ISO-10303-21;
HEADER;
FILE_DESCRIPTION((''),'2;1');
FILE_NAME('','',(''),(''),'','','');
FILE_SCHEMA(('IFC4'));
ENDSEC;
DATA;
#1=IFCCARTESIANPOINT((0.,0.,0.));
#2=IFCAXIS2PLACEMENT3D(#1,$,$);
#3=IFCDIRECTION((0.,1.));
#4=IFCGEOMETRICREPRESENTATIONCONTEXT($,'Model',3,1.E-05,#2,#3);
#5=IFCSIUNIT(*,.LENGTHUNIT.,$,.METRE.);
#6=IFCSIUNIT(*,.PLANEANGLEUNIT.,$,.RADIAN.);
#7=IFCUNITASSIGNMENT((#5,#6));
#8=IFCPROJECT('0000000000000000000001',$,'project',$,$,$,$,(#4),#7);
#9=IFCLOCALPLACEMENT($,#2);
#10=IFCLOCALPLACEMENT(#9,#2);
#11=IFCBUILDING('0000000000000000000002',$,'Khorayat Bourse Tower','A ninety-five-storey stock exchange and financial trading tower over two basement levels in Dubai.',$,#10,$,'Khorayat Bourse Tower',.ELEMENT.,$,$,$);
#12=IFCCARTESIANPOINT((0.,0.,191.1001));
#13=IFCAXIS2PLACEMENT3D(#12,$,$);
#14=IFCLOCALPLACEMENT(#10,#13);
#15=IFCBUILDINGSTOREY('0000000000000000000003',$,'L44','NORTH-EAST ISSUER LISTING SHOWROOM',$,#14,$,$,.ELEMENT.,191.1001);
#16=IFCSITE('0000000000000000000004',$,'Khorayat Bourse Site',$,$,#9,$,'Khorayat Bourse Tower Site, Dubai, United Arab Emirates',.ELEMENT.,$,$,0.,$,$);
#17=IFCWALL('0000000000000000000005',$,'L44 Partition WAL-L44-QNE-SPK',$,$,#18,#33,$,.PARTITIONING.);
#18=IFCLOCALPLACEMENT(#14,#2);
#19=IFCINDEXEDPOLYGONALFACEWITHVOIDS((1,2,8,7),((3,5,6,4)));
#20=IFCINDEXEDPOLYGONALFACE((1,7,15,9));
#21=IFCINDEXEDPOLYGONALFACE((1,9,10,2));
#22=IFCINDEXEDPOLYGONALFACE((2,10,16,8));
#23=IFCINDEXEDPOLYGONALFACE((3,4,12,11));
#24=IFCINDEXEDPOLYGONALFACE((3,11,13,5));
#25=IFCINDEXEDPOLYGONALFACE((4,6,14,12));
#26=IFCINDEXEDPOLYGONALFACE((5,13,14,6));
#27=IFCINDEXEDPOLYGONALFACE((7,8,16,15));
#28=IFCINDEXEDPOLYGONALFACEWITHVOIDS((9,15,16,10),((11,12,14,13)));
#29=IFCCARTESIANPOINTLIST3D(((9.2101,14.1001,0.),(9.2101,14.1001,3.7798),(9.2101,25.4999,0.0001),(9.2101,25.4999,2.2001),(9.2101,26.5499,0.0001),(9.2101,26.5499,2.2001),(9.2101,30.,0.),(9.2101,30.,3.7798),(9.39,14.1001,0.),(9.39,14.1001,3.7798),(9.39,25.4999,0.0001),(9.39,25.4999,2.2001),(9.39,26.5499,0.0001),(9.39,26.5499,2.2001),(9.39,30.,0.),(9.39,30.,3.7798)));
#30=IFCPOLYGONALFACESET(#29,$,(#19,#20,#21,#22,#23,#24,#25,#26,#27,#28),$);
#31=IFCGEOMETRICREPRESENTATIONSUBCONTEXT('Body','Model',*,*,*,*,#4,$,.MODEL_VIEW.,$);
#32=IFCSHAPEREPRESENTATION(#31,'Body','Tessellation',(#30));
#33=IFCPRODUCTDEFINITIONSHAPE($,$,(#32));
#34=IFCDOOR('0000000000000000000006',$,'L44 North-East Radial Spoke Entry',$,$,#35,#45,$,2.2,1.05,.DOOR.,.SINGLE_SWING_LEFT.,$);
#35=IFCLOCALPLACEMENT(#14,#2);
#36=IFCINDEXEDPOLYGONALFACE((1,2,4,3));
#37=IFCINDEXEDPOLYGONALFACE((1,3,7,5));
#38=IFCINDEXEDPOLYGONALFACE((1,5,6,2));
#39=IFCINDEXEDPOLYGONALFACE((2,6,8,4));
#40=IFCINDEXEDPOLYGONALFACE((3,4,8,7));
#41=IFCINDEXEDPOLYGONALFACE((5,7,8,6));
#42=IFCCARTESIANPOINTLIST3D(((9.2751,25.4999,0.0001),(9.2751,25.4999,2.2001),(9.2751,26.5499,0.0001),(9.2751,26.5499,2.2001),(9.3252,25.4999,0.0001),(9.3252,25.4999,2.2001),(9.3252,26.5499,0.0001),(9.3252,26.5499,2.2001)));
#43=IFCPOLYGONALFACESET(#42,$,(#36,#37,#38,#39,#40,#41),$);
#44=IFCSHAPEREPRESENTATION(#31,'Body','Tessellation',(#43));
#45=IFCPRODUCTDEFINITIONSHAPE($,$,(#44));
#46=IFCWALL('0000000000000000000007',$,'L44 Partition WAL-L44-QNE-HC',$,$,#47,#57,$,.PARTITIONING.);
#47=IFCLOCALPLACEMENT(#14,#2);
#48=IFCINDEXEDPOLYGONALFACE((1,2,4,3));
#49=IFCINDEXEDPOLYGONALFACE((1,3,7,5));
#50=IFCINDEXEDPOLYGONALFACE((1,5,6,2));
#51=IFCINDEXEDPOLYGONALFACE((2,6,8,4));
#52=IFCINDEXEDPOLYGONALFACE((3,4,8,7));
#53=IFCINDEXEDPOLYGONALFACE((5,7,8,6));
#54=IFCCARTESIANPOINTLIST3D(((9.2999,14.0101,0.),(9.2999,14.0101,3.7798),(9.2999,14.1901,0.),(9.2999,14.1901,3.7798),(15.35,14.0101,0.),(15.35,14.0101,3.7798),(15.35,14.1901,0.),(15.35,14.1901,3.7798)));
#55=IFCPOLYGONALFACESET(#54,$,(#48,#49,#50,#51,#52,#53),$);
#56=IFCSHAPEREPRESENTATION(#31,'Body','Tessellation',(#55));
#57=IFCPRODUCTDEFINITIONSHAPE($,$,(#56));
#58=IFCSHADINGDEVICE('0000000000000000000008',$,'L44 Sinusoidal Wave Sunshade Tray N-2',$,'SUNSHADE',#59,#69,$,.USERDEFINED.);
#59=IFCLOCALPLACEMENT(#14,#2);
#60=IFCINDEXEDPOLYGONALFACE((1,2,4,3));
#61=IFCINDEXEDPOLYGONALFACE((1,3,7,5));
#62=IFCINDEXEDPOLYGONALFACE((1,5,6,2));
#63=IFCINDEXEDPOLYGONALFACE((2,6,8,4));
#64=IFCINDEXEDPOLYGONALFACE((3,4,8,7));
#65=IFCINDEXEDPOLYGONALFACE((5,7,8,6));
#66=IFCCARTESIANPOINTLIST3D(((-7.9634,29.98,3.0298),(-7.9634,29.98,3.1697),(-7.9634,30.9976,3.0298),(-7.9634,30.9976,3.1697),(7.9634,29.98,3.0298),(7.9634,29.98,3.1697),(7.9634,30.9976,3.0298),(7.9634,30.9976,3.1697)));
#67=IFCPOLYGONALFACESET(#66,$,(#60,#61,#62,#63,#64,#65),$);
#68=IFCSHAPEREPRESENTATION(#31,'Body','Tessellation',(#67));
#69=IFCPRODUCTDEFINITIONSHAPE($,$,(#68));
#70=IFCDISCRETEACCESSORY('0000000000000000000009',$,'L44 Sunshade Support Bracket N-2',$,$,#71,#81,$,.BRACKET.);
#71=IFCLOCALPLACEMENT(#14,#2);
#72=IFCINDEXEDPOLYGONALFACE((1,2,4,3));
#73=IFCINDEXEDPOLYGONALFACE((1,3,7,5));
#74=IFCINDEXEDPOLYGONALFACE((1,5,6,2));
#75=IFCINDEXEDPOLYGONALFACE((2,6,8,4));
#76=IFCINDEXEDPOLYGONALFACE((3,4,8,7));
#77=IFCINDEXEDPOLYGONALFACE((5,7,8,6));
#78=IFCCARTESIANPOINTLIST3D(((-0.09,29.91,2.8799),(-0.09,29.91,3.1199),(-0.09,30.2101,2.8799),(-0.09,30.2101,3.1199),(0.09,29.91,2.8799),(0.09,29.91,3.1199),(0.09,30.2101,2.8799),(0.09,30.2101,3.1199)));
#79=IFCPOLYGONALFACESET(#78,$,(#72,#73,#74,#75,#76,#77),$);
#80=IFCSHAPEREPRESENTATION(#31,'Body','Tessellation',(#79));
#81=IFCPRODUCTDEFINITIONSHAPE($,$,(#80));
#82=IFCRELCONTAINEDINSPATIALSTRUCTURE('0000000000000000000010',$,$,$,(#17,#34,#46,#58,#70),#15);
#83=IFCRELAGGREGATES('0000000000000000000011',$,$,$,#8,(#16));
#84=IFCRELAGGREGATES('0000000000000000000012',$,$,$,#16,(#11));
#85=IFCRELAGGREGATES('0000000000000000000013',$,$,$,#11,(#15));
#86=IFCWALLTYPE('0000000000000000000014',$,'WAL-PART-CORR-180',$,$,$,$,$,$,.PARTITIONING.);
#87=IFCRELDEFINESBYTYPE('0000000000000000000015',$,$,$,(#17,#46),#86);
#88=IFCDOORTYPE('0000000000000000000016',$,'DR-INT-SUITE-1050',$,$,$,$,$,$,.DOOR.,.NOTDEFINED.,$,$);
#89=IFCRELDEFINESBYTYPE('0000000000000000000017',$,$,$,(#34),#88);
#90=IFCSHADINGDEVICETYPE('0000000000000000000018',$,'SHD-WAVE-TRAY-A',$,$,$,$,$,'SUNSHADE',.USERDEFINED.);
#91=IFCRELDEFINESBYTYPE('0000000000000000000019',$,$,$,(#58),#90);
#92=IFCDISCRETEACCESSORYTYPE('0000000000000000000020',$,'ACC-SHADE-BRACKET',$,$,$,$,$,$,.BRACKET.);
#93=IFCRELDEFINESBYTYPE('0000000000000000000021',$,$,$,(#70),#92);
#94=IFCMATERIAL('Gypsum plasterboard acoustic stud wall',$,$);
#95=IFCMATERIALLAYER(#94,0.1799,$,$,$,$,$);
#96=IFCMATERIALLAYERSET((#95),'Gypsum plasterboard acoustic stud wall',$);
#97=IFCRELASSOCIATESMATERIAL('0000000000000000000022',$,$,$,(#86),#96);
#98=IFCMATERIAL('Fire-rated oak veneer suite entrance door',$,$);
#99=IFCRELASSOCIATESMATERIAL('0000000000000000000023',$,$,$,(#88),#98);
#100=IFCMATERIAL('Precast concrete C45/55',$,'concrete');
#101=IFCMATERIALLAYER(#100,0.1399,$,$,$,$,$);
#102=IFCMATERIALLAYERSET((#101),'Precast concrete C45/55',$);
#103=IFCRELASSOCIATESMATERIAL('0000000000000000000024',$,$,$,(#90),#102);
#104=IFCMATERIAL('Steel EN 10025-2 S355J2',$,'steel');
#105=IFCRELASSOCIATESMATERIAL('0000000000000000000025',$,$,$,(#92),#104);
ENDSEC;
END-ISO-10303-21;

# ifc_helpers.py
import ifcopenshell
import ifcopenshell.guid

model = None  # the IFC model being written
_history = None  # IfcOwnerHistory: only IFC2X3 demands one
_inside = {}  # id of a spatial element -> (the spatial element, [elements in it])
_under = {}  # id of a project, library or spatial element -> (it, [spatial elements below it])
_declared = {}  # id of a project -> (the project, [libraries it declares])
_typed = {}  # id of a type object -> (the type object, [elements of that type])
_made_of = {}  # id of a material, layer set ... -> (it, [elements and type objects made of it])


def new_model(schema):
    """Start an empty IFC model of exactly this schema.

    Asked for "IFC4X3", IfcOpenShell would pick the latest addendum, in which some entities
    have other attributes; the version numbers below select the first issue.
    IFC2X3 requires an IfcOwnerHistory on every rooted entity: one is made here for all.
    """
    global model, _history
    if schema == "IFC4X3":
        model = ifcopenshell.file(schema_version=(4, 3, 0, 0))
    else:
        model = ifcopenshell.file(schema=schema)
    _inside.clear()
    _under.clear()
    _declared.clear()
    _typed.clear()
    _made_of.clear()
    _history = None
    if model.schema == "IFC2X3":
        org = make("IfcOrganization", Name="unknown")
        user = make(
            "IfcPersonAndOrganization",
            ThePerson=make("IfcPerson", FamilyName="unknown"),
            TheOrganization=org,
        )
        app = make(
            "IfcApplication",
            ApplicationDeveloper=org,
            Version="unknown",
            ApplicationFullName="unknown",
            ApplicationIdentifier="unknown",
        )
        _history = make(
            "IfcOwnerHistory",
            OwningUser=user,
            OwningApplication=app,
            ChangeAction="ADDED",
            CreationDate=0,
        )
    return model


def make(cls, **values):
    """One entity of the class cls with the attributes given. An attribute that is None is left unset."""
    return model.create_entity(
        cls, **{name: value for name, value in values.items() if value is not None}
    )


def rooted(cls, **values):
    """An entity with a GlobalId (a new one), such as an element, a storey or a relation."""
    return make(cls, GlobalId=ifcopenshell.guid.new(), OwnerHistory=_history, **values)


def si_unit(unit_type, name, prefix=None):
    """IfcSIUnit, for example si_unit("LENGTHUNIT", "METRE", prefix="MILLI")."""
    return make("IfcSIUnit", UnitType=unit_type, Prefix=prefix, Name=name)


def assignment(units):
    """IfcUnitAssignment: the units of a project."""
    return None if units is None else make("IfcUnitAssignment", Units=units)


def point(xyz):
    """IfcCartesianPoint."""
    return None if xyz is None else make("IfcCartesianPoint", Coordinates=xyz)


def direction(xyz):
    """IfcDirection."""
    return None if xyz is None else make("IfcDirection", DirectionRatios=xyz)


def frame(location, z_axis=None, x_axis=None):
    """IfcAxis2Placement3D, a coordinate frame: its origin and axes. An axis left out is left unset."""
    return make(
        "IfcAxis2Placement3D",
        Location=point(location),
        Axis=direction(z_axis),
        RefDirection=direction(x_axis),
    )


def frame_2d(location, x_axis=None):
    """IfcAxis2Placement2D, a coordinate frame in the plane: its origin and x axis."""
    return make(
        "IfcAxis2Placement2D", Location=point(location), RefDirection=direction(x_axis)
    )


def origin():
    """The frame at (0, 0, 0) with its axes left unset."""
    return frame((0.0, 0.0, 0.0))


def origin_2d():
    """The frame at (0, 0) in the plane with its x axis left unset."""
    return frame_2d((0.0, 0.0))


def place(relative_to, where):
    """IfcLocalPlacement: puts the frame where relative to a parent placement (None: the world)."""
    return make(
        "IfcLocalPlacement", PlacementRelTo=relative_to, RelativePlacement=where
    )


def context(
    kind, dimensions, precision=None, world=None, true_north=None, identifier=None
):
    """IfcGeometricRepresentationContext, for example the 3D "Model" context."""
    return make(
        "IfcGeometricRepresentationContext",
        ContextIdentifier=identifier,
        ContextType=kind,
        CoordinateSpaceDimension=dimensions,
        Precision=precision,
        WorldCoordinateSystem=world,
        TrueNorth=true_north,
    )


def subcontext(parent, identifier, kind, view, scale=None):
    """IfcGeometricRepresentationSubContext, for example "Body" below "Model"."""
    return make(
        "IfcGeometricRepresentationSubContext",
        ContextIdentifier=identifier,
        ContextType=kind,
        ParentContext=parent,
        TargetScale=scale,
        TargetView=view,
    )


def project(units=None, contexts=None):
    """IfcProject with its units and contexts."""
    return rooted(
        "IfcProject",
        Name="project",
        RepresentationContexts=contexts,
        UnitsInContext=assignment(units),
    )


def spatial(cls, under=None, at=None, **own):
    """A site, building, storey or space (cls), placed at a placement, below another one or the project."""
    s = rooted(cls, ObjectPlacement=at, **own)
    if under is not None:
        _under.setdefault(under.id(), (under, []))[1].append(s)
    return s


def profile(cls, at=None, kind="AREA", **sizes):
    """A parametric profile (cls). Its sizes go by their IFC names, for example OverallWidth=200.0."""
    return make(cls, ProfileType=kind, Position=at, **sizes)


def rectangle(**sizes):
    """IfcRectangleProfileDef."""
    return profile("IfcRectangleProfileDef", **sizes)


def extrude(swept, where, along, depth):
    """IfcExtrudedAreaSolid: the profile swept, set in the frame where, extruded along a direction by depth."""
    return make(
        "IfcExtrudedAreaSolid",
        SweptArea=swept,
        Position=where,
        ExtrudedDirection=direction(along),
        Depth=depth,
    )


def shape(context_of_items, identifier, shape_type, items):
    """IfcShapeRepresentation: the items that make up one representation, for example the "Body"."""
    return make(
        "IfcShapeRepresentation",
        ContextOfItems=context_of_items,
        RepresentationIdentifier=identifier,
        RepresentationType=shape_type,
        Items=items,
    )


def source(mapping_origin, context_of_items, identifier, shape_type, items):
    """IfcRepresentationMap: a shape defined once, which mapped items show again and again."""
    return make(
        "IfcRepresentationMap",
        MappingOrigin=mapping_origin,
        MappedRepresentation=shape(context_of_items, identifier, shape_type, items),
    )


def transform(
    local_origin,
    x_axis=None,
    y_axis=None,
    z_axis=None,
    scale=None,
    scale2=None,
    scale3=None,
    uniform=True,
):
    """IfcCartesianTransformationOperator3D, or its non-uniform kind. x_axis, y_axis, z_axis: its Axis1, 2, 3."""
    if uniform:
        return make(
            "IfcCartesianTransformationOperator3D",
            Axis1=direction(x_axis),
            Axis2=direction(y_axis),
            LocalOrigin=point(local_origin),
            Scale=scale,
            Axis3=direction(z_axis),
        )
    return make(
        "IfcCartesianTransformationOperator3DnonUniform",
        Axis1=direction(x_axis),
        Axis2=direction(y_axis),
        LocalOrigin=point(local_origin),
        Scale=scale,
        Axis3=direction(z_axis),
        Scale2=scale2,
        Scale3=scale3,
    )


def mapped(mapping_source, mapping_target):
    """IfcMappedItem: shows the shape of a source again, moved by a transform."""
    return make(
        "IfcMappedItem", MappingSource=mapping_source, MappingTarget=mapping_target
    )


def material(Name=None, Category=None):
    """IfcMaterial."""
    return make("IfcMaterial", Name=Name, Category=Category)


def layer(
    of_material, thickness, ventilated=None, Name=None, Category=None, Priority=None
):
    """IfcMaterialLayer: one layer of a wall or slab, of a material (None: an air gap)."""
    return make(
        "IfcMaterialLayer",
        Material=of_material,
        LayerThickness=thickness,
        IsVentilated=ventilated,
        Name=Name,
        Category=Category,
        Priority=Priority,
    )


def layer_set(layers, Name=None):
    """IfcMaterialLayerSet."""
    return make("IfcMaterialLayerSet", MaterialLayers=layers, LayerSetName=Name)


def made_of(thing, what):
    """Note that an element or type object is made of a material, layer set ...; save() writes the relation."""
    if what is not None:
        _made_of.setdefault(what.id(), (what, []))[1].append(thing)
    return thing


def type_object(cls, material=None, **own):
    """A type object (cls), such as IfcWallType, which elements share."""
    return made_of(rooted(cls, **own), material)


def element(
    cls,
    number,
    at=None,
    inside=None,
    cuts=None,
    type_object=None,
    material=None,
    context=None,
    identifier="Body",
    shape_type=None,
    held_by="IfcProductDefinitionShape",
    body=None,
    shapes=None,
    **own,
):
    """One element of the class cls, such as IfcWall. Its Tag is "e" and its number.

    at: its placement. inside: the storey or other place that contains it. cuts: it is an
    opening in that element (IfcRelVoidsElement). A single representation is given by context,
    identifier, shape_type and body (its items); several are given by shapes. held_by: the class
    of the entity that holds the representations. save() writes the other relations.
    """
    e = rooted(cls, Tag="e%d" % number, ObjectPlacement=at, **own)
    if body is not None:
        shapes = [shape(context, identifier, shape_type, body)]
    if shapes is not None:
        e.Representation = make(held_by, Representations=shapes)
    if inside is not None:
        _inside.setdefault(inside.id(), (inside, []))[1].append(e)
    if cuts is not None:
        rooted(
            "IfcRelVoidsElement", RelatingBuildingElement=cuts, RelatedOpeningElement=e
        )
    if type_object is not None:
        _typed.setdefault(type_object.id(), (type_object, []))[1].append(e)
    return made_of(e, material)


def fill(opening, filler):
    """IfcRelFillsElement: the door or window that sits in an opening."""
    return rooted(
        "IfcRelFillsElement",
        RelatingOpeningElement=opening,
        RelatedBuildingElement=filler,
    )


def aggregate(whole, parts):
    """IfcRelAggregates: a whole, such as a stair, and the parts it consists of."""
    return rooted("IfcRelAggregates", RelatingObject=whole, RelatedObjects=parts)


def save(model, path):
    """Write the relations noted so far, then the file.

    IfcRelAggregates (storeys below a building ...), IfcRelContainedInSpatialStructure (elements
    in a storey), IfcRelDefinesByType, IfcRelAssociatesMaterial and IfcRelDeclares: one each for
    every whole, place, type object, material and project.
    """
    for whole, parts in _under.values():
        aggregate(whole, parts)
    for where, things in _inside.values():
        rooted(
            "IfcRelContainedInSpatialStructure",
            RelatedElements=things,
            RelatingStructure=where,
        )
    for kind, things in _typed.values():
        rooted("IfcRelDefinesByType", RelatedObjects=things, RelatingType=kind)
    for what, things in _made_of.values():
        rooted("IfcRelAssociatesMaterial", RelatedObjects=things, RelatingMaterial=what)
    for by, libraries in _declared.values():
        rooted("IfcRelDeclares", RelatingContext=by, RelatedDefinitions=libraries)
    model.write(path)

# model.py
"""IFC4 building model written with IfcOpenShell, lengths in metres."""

from ifc_helpers import new_model, si_unit, direction, frame, frame_2d, origin, origin_2d, place, context, subcontext, project, spatial, rectangle, extrude, source, transform, mapped, material, layer, layer_set, type_object, element, fill, save


model = new_model("IFC4")

# Units and contexts
model_context = context("Model", 3, precision=1e-05, world=origin(), true_north=direction((0.0, 1.0)))
body_context = subcontext(model_context, "Body", "Model", "MODEL_VIEW")
ifc_project = project(units=[si_unit("LENGTHUNIT", "METRE"), si_unit("PLANEANGLEUNIT", "RADIAN")], contexts=[model_context])

# Site, building, storey
site_placement = place(None, origin())
site = spatial("IfcSite", under=ifc_project, at=site_placement, Name="Khorayat Bourse Site", LongName="Khorayat Bourse Tower Site, Dubai, United Arab Emirates", CompositionType="ELEMENT", RefElevation=0.0)
building_placement = place(site_placement, origin())
building = spatial("IfcBuilding", under=site, at=building_placement, Name="Khorayat Bourse Tower", Description="A ninety-five-storey stock exchange and financial trading tower over two basement levels in Dubai.", LongName="Khorayat Bourse Tower", CompositionType="ELEMENT")
storey_placement = place(building_placement, frame((0.0, 0.0, 191.1001)))
storey = spatial("IfcBuildingStorey", under=building, at=storey_placement, Name="L44", Description="NORTH-EAST ISSUER LISTING SHOWROOM", CompositionType="ELEMENT", Elevation=191.1001)

# Shared definitions
ifc_material_1 = material(Name="Steel EN 10025-2 S355J2", Category="steel")

# Shared definitions
ifc_material_2 = material(Name="Gypsum plasterboard acoustic stud wall")
ifc_layer_1 = layer(ifc_material_2, 0.1799)
ifc_layer_set_1 = layer_set([ifc_layer_1], Name="Gypsum plasterboard acoustic stud wall")
wall_type = type_object("IfcWallType", Name="WAL-PART-CORR-180", PredefinedType="PARTITIONING", material=ifc_layer_set_1)

# Wall, opening, door
shared_shape_1 = source(origin(), body_context, "Body", "SweptSolid", [
    extrude(rectangle(XDim=15.8999, YDim=0.1799, at=frame_2d((7.95, 0.0))), origin(), (0.0, 0.0, 1.0), 3.7798),
])
shared_shape_2 = source(origin(), body_context, "Body", "SweptSolid", [
    extrude(rectangle(XDim=1.05, YDim=2.2, at=frame_2d((0.5249, 1.1001))), frame((0.0, 0.0999, 0.0), z_axis=(0.0, -1.0, 0.0), x_axis=(1.0, 0.0, 0.0)), (0.0, 0.0, 1.0), 0.2),
])
ifc_material_3 = material(Name="Fire-rated oak veneer suite entrance door")
door_type = type_object("IfcDoorType", Name="DR-INT-SUITE-1050", OperationType="NOTDEFINED", PredefinedType="DOOR", material=ifc_material_3)
shared_shape_3 = source(origin(), body_context, "Body", "SweptSolid", [
    extrude(rectangle(XDim=1.05, YDim=2.2, at=frame_2d((0.5249, 1.1001))), frame((0.0, 0.0249, 0.0), z_axis=(0.0, -1.0, 0.0), x_axis=(1.0, 0.0, 0.0)), (0.0, 0.0, 1.0), 0.05),
])
wall_1_placement = place(storey_placement, frame((9.3, 14.1001, 0.0), z_axis=(0.0, 0.0, 1.0), x_axis=(0.0, 1.0, 0.0)))
wall_1 = element("IfcWall", 1, at=wall_1_placement, inside=storey, type_object=wall_type, Name="L44 Partition WAL-L44-QNE-SPK", PredefinedType="PARTITIONING", context=body_context, shape_type="MappedRepresentation", body=[
    mapped(shared_shape_1, transform((0.0, 0.0, 0.0), scale=1.0)),
])
opening_1_placement = place(wall_1_placement, frame((11.3999, 0.0, 0.0)))
opening_1 = element("IfcOpeningElement", 2, at=opening_1_placement, cuts=wall_1, PredefinedType="OPENING", context=body_context, shape_type="MappedRepresentation", body=[
    mapped(shared_shape_2, transform((0.0, 0.0, 0.0), scale=1.0)),
])
door_1_placement = place(opening_1_placement, origin())
door_1 = element("IfcDoor", 3, at=door_1_placement, inside=storey, type_object=door_type, Name="L44 North-East Radial Spoke Entry", OperationType="SINGLE_SWING_LEFT", OverallHeight=2.2, OverallWidth=1.05, PredefinedType="DOOR", context=body_context, shape_type="MappedRepresentation", body=[
    mapped(shared_shape_3, transform((0.0, 0.0, 0.0), scale=1.0)),
])
fill(opening_1, door_1)

# Wall
shared_shape_4 = source(origin(), body_context, "Body", "SweptSolid", [
    extrude(rectangle(XDim=6.05, YDim=0.1799, at=frame_2d((3.0249, 0.0))), origin(), (0.0, 0.0, 1.0), 3.7798),
])
wall_2_placement = place(storey_placement, frame((9.3, 14.1001, 0.0), z_axis=(0.0, 0.0, 1.0), x_axis=(1.0, 0.0, 0.0)))
element("IfcWall", 4, at=wall_2_placement, inside=storey, type_object=wall_type, Name="L44 Partition WAL-L44-QNE-HC", PredefinedType="PARTITIONING", context=body_context, shape_type="MappedRepresentation", body=[
    mapped(shared_shape_4, transform((0.0, 0.0, 0.0), scale=1.0)),
])

# Shading device
ifc_material_4 = material(Name="Precast concrete C45/55", Category="concrete")
ifc_layer_2 = layer(ifc_material_4, 0.1399)
ifc_layer_set_2 = layer_set([ifc_layer_2], Name="Precast concrete C45/55")
shading_device_type = type_object("IfcShadingDeviceType", Name="SHD-WAVE-TRAY-A", ElementType="SUNSHADE", PredefinedType="USERDEFINED", material=ifc_layer_set_2)
shared_shape_5 = source(origin(), body_context, "Body", "SweptSolid", [
    extrude(rectangle(XDim=15.9268, YDim=1.0176, at=origin_2d()), origin(), (0.0, 0.0, 1.0), 0.1399),
])
shading_device_placement = place(storey_placement, frame((0.0, 30.4888, 3.0298), z_axis=(0.0, 0.0, 1.0), x_axis=(1.0, 0.0, 0.0)))
element("IfcShadingDevice", 5, at=shading_device_placement, inside=storey, type_object=shading_device_type, Name="L44 Sinusoidal Wave Sunshade Tray N-2", ObjectType="SUNSHADE", PredefinedType="USERDEFINED", context=body_context, shape_type="MappedRepresentation", body=[
    mapped(shared_shape_5, transform((0.0, 0.0, 0.0), scale=1.0)),
])

# Discrete accessory
discrete_accessory_type = type_object("IfcDiscreteAccessoryType", Name="ACC-SHADE-BRACKET", PredefinedType="BRACKET", material=ifc_material_1)
shared_shape_6 = source(origin(), body_context, "Body", "SweptSolid", [
    extrude(rectangle(XDim=0.1799, YDim=0.3, at=origin_2d()), origin(), (0.0, 0.0, 1.0), 0.24),
])
discrete_accessory_placement = place(storey_placement, frame((0.0, 30.0601, 2.8799), z_axis=(0.0, 0.0, 1.0), x_axis=(1.0, 0.0, 0.0)))
element("IfcDiscreteAccessory", 6, at=discrete_accessory_placement, inside=storey, type_object=discrete_accessory_type, Name="L44 Sunshade Support Bracket N-2", PredefinedType="BRACKET", context=body_context, shape_type="MappedRepresentation", body=[
    mapped(shared_shape_6, transform((0.0, 0.0, 0.0), scale=1.0)),
])

save(model, "model.ifc")
